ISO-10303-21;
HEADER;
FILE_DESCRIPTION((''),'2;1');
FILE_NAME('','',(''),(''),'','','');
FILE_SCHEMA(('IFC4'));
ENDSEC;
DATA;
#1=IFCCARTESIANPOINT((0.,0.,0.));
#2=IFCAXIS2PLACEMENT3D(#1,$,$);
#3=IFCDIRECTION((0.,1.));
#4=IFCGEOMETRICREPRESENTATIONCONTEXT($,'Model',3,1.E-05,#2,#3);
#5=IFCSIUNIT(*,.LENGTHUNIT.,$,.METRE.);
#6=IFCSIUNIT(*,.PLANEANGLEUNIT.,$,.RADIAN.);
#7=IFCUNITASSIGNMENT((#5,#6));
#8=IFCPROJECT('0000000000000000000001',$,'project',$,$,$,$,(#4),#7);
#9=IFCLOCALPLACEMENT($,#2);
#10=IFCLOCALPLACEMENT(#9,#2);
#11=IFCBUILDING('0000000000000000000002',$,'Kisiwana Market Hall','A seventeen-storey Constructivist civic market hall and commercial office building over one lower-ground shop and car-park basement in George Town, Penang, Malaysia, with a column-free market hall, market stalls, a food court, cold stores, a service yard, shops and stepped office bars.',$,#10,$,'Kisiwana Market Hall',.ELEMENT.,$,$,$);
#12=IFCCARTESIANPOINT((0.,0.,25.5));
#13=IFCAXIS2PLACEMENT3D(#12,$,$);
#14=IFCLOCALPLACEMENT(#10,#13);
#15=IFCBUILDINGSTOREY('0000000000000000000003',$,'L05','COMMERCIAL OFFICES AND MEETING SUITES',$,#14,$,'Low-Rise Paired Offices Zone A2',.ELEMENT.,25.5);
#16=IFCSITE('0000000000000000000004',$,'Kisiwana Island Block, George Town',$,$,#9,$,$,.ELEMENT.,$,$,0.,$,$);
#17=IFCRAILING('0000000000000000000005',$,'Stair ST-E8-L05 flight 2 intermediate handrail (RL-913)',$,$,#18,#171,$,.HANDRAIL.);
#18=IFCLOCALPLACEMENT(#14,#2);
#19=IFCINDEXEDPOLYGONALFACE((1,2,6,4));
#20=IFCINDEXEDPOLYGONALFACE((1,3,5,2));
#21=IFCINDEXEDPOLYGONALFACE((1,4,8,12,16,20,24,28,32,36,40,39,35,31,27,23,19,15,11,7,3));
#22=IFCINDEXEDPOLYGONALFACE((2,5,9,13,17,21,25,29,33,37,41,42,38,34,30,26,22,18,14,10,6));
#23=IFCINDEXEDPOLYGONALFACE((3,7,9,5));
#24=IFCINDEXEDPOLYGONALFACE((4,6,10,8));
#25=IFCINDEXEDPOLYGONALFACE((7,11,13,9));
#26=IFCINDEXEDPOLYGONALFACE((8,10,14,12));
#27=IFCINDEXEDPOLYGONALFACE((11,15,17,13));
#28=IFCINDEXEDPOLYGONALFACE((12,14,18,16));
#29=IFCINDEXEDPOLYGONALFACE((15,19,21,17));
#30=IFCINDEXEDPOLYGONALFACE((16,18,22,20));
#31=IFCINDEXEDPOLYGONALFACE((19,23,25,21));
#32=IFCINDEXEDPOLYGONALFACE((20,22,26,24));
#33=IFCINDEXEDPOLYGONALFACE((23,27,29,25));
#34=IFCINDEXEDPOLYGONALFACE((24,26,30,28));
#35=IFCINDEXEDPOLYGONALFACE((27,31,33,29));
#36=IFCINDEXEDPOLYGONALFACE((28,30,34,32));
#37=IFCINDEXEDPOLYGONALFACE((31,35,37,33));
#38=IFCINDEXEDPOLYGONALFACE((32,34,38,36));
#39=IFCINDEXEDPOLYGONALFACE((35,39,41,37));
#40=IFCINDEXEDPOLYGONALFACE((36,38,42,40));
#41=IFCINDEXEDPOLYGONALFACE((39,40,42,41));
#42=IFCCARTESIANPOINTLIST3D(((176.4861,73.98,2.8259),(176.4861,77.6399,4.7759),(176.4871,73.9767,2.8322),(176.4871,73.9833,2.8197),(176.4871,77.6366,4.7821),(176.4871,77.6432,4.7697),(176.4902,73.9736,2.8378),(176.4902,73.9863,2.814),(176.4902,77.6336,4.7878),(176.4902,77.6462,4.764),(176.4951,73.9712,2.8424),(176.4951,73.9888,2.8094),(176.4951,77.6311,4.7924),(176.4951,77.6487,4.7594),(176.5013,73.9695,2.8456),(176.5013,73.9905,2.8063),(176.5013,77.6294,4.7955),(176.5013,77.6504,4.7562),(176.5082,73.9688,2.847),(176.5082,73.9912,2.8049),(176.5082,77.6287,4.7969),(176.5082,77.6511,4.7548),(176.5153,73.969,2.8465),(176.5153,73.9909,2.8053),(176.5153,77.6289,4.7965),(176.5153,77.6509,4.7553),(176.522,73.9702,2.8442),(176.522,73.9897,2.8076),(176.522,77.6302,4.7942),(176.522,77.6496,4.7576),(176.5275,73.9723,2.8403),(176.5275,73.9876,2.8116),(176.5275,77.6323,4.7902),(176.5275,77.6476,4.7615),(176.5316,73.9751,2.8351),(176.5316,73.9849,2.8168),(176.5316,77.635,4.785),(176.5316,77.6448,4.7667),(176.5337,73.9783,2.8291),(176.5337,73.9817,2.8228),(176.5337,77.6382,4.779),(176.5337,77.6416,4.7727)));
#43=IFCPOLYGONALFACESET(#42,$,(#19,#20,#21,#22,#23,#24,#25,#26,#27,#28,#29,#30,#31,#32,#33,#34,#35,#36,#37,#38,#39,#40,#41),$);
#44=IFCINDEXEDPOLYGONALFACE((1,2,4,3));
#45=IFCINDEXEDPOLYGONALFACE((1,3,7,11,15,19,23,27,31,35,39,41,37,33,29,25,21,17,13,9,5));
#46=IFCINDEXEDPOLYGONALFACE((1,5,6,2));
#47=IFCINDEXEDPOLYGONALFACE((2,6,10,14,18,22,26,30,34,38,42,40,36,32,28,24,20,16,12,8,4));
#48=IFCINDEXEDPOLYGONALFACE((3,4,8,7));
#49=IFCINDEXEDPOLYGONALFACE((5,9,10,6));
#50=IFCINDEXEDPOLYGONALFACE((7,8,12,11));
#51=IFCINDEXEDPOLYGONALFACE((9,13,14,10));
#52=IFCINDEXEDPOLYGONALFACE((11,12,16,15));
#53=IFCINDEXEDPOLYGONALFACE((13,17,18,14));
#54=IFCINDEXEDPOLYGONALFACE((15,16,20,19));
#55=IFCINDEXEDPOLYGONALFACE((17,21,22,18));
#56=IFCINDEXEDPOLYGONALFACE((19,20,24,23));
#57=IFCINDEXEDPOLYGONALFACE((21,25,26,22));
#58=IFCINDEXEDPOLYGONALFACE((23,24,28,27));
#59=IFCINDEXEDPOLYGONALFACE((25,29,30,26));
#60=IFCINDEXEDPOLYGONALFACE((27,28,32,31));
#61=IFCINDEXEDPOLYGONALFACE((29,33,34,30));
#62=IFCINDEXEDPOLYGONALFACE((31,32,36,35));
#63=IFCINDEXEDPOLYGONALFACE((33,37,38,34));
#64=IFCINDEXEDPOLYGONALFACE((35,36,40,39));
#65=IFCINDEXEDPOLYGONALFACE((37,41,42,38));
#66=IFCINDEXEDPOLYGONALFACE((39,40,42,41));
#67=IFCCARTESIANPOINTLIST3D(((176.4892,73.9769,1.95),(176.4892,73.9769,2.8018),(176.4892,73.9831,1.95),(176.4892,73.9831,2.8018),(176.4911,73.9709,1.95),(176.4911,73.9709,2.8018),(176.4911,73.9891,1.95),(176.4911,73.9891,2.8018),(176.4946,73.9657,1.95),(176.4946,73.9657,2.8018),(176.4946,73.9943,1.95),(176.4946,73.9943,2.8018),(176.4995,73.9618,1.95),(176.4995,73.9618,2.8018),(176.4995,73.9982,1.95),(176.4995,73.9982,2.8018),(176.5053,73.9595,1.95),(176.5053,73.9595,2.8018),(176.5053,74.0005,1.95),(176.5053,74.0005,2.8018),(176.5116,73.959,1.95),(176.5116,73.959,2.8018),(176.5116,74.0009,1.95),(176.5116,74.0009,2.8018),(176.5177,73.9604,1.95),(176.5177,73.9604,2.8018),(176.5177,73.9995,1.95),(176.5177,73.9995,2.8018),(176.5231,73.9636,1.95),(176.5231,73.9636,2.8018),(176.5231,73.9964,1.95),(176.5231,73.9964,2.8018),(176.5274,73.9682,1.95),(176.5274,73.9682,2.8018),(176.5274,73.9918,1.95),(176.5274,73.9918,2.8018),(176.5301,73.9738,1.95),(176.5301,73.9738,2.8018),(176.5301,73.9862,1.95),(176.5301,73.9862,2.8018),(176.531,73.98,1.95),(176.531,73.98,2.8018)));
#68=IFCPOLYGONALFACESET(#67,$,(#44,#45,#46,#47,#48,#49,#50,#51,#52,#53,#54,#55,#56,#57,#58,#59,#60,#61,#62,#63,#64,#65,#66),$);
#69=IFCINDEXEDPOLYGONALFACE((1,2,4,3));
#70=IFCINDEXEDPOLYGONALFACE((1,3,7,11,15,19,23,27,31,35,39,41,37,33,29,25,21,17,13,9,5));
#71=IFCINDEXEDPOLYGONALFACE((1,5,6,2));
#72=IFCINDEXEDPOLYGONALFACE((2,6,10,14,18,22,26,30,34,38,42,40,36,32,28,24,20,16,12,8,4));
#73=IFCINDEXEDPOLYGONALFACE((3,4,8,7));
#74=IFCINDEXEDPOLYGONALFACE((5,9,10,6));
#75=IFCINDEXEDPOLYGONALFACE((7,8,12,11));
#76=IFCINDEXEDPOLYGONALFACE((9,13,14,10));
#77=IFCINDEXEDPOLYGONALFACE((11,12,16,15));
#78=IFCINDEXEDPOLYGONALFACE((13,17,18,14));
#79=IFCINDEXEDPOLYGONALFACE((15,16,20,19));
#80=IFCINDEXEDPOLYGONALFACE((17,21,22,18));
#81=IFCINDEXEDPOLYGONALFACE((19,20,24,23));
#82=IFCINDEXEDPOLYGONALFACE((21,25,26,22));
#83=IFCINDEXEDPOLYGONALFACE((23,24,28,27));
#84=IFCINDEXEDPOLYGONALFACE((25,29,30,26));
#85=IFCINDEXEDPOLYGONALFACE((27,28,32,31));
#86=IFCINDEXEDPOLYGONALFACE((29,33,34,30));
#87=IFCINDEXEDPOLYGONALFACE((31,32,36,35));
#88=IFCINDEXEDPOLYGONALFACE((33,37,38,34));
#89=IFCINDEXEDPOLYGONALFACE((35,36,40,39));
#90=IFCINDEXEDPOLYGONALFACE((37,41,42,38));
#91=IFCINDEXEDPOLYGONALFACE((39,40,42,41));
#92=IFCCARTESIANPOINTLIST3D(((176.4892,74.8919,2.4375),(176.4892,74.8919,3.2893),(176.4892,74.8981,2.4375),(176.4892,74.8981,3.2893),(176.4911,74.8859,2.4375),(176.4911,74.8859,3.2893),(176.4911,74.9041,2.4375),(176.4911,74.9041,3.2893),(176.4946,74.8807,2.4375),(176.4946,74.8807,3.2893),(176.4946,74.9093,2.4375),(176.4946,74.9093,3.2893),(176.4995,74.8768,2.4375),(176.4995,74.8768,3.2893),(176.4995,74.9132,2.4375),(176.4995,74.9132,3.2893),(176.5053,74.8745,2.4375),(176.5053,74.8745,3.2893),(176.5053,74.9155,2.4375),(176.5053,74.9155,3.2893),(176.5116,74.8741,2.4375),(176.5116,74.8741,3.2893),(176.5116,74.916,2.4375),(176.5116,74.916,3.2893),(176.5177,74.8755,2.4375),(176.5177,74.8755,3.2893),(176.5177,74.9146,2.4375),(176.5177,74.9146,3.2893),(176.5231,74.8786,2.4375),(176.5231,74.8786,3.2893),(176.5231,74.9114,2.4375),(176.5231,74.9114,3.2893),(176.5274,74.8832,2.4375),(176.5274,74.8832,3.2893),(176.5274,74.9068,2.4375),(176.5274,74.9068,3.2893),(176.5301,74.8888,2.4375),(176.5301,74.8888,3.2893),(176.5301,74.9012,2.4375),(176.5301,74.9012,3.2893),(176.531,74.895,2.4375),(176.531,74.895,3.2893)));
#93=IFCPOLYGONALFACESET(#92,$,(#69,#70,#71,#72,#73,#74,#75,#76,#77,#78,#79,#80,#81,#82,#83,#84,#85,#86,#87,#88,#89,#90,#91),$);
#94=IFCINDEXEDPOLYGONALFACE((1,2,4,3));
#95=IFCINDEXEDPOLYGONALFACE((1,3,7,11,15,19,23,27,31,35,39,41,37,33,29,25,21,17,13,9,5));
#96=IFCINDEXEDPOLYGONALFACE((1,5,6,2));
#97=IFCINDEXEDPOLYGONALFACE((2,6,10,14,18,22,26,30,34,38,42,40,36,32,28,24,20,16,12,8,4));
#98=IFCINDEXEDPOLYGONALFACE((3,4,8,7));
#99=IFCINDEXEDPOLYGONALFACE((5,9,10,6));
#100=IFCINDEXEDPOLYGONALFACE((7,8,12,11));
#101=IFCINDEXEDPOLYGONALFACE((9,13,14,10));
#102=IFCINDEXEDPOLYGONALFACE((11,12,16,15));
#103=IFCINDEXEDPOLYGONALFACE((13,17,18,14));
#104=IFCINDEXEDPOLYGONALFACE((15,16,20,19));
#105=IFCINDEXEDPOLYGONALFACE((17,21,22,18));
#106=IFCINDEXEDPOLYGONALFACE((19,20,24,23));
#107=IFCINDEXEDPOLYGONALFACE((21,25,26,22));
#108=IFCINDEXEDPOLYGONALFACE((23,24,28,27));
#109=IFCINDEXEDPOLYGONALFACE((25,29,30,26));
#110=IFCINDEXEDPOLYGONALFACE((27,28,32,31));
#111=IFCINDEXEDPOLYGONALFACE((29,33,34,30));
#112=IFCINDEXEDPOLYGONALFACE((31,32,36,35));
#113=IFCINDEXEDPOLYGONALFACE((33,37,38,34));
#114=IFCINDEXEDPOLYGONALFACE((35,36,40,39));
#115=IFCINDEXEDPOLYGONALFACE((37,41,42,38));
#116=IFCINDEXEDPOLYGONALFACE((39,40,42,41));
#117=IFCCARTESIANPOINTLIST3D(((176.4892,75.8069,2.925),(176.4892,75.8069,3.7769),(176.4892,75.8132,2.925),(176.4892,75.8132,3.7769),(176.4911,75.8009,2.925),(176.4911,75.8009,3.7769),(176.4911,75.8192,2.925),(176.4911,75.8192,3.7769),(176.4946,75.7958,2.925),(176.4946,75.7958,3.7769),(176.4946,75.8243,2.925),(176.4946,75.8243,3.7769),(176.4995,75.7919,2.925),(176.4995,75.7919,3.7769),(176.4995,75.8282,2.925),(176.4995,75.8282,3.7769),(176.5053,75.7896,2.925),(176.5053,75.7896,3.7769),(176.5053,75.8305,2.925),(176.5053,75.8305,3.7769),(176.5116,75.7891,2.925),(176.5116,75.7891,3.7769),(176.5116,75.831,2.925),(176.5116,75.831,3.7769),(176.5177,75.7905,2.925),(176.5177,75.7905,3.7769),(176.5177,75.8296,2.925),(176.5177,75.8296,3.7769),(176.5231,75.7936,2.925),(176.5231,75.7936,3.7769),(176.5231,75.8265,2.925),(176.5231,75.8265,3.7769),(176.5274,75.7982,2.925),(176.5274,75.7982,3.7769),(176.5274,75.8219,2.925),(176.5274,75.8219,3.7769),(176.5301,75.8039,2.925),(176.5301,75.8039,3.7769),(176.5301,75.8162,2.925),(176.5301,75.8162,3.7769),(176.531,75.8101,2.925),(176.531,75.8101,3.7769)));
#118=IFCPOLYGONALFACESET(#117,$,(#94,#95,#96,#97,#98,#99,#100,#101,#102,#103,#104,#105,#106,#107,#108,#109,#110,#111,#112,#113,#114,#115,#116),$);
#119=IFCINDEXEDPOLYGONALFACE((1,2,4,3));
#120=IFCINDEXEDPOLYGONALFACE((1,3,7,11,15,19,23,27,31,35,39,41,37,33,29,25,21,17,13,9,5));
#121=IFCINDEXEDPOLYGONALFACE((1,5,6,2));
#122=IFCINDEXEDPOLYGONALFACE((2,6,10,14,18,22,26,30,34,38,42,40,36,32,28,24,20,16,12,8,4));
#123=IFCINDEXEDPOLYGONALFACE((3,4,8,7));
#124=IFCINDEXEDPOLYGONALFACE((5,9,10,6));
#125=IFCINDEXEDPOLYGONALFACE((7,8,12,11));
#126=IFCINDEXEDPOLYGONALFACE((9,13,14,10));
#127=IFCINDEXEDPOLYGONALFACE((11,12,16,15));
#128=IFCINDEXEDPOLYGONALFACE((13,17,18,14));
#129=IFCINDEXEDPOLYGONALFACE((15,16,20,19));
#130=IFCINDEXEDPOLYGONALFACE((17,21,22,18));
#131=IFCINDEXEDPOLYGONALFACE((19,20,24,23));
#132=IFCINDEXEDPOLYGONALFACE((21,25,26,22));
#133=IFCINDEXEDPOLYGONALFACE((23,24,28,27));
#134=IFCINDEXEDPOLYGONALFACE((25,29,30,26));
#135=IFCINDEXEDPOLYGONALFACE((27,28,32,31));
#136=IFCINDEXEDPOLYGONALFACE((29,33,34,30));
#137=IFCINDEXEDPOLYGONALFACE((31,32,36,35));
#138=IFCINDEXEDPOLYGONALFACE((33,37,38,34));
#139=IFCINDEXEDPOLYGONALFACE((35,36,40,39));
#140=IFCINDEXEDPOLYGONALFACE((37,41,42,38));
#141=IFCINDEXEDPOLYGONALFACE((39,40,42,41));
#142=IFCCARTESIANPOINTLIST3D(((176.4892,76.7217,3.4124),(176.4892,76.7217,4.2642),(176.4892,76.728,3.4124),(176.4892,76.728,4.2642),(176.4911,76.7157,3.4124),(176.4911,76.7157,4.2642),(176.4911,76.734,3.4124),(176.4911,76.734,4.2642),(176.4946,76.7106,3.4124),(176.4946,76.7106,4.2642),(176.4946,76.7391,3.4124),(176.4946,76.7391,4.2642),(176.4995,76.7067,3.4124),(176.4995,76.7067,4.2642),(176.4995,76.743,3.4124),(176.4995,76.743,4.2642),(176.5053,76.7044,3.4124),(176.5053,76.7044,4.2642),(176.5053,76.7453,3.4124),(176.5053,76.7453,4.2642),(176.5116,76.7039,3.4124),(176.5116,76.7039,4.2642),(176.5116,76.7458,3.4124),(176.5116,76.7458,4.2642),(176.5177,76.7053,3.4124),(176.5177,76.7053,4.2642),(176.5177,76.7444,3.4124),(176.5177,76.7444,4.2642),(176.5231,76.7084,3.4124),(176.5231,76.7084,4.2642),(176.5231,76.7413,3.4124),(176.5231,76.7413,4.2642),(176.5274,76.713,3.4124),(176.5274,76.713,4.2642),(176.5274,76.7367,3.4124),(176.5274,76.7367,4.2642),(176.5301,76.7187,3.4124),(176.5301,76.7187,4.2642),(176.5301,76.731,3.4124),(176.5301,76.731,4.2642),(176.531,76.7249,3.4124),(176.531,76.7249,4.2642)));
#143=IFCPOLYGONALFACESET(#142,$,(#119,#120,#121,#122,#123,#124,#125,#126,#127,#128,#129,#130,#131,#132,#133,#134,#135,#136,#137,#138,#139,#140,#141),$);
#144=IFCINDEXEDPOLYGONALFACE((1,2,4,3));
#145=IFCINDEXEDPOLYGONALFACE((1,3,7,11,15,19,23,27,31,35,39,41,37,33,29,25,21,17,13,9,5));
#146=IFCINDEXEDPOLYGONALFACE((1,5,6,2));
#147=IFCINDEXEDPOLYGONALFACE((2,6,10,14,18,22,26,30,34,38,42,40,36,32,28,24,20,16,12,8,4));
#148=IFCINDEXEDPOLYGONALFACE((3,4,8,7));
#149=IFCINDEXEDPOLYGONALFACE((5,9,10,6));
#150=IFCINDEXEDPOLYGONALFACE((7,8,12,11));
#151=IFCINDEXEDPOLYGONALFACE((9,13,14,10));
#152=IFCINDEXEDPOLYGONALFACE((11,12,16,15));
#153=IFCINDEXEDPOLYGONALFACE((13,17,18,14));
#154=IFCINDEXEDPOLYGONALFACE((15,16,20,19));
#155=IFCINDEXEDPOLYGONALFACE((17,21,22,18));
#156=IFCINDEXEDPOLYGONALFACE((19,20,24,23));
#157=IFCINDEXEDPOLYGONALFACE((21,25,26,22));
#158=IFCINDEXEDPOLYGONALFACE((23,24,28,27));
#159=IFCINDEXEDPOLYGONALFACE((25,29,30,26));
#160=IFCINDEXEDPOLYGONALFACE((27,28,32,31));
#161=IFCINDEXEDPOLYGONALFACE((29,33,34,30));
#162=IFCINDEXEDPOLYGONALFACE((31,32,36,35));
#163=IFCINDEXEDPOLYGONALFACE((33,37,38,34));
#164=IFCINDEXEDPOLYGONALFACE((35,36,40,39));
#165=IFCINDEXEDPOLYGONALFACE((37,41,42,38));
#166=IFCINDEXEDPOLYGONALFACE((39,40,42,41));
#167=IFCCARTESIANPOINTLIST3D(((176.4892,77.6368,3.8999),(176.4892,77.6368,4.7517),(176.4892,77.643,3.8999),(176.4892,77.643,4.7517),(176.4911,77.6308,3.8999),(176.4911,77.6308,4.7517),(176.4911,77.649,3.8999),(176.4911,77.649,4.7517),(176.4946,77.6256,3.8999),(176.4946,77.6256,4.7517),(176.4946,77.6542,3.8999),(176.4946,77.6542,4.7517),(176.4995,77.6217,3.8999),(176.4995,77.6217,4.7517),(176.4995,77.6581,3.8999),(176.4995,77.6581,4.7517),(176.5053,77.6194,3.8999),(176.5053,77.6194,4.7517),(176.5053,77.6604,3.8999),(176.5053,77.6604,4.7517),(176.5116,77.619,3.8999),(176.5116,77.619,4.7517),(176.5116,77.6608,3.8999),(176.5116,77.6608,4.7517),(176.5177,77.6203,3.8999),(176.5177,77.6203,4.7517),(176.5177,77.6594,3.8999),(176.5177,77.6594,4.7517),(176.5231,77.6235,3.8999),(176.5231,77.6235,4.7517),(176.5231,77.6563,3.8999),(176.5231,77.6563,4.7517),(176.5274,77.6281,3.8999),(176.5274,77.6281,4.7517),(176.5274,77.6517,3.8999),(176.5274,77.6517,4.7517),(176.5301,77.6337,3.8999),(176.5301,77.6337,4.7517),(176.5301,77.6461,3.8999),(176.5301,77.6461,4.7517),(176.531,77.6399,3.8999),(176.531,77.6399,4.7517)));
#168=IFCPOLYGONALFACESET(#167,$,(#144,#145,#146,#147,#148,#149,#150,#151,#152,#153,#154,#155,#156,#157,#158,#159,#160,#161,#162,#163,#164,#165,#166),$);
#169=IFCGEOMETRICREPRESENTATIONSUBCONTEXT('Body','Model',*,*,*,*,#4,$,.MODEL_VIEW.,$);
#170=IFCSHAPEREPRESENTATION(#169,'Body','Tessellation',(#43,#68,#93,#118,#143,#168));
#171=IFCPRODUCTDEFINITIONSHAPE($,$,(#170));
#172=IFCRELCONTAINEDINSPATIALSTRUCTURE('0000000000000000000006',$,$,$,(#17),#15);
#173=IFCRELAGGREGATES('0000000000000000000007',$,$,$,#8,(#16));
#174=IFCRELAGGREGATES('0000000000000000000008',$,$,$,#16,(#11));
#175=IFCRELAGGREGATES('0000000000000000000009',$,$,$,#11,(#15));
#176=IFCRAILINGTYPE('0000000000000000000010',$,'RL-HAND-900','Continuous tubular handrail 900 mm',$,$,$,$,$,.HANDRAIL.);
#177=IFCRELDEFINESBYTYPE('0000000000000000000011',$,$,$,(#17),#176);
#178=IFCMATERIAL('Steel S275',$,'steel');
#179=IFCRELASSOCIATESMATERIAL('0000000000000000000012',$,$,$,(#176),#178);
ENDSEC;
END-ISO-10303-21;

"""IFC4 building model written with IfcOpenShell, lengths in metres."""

from ifc_helpers import new_model, si_unit, direction, frame, origin, origin_2d, place, context, subcontext, project, spatial, circle, extrude, material, type_object, element, save


model = new_model("IFC4")

# Units and contexts
model_context = context("Model", 3, precision=1e-05, world=origin(), true_north=direction((0.0, 1.0)))
body_context = subcontext(model_context, "Body", "Model", "MODEL_VIEW")
ifc_project = project(units=[si_unit("LENGTHUNIT", "METRE"), si_unit("PLANEANGLEUNIT", "RADIAN")], contexts=[model_context])

# Site, building, storey
site_placement = place(None, origin())
site = spatial("IfcSite", under=ifc_project, at=site_placement, Name="Kisiwana Island Block, George Town", CompositionType="ELEMENT", RefElevation=0.0)
building_placement = place(site_placement, origin())
building = spatial("IfcBuilding", under=site, at=building_placement, Name="Kisiwana Market Hall", Description="A seventeen-storey Constructivist civic market hall and commercial office building over one lower-ground shop and car-park basement in George Town, Penang, Malaysia, with a column-free market hall, market stalls, a food court, cold stores, a service yard, shops and stepped office bars.", LongName="Kisiwana Market Hall", CompositionType="ELEMENT")
storey_placement = place(building_placement, frame((0.0, 0.0, 25.5)))
storey = spatial("IfcBuildingStorey", under=building, at=storey_placement, Name="L05", Description="COMMERCIAL OFFICES AND MEETING SUITES", LongName="Low-Rise Paired Offices Zone A2", CompositionType="ELEMENT", Elevation=25.5)

# Railing
ifc_material_1 = material(Name="Steel S275", Category="steel")
railing_type_1 = type_object("IfcRailingType", Name="RL-HAND-900", Description="Continuous tubular handrail 900 mm", PredefinedType="HANDRAIL", material=ifc_material_1)
for number, where, name in (
    (1, (176.51, 73.98, 1.95), "Stair ST-E8-L05 flight 2 intermediate handrail (RL-913)"),
):
    element("IfcRailing", number, at=place(storey_placement, frame(where)), inside=storey, type_object=railing_type_1, Name=name, PredefinedType="HANDRAIL", context=body_context, shape_type="SweptSolid", body=[
        extrude(circle(Radius=0.0239, at=origin_2d()), frame((0.0, 0.0, 0.876), z_axis=(0.0, 0.882553, 0.470212), x_axis=(-1.0, 0.0, 0.0)), (0.0, 0.0, 1.0), 4.147),
        extrude(circle(Radius=0.021, at=origin_2d()), origin(), (0.0, 0.0, 1.0), 0.8518),
        extrude(circle(Radius=0.021, at=origin_2d()), frame((0.0, 0.915, 0.4875)), (0.0, 0.0, 1.0), 0.8518),
        extrude(circle(Radius=0.021, at=origin_2d()), frame((0.0, 1.8301, 0.9751)), (0.0, 0.0, 1.0), 0.8518),
        extrude(circle(Radius=0.021, at=origin_2d()), frame((0.0, 2.7449, 1.4624)), (0.0, 0.0, 1.0), 0.8518),
        extrude(circle(Radius=0.021, at=origin_2d()), frame((0.0, 3.6599, 1.95)), (0.0, 0.0, 1.0), 0.8518),
    ])

save(model, "model.ifc")
